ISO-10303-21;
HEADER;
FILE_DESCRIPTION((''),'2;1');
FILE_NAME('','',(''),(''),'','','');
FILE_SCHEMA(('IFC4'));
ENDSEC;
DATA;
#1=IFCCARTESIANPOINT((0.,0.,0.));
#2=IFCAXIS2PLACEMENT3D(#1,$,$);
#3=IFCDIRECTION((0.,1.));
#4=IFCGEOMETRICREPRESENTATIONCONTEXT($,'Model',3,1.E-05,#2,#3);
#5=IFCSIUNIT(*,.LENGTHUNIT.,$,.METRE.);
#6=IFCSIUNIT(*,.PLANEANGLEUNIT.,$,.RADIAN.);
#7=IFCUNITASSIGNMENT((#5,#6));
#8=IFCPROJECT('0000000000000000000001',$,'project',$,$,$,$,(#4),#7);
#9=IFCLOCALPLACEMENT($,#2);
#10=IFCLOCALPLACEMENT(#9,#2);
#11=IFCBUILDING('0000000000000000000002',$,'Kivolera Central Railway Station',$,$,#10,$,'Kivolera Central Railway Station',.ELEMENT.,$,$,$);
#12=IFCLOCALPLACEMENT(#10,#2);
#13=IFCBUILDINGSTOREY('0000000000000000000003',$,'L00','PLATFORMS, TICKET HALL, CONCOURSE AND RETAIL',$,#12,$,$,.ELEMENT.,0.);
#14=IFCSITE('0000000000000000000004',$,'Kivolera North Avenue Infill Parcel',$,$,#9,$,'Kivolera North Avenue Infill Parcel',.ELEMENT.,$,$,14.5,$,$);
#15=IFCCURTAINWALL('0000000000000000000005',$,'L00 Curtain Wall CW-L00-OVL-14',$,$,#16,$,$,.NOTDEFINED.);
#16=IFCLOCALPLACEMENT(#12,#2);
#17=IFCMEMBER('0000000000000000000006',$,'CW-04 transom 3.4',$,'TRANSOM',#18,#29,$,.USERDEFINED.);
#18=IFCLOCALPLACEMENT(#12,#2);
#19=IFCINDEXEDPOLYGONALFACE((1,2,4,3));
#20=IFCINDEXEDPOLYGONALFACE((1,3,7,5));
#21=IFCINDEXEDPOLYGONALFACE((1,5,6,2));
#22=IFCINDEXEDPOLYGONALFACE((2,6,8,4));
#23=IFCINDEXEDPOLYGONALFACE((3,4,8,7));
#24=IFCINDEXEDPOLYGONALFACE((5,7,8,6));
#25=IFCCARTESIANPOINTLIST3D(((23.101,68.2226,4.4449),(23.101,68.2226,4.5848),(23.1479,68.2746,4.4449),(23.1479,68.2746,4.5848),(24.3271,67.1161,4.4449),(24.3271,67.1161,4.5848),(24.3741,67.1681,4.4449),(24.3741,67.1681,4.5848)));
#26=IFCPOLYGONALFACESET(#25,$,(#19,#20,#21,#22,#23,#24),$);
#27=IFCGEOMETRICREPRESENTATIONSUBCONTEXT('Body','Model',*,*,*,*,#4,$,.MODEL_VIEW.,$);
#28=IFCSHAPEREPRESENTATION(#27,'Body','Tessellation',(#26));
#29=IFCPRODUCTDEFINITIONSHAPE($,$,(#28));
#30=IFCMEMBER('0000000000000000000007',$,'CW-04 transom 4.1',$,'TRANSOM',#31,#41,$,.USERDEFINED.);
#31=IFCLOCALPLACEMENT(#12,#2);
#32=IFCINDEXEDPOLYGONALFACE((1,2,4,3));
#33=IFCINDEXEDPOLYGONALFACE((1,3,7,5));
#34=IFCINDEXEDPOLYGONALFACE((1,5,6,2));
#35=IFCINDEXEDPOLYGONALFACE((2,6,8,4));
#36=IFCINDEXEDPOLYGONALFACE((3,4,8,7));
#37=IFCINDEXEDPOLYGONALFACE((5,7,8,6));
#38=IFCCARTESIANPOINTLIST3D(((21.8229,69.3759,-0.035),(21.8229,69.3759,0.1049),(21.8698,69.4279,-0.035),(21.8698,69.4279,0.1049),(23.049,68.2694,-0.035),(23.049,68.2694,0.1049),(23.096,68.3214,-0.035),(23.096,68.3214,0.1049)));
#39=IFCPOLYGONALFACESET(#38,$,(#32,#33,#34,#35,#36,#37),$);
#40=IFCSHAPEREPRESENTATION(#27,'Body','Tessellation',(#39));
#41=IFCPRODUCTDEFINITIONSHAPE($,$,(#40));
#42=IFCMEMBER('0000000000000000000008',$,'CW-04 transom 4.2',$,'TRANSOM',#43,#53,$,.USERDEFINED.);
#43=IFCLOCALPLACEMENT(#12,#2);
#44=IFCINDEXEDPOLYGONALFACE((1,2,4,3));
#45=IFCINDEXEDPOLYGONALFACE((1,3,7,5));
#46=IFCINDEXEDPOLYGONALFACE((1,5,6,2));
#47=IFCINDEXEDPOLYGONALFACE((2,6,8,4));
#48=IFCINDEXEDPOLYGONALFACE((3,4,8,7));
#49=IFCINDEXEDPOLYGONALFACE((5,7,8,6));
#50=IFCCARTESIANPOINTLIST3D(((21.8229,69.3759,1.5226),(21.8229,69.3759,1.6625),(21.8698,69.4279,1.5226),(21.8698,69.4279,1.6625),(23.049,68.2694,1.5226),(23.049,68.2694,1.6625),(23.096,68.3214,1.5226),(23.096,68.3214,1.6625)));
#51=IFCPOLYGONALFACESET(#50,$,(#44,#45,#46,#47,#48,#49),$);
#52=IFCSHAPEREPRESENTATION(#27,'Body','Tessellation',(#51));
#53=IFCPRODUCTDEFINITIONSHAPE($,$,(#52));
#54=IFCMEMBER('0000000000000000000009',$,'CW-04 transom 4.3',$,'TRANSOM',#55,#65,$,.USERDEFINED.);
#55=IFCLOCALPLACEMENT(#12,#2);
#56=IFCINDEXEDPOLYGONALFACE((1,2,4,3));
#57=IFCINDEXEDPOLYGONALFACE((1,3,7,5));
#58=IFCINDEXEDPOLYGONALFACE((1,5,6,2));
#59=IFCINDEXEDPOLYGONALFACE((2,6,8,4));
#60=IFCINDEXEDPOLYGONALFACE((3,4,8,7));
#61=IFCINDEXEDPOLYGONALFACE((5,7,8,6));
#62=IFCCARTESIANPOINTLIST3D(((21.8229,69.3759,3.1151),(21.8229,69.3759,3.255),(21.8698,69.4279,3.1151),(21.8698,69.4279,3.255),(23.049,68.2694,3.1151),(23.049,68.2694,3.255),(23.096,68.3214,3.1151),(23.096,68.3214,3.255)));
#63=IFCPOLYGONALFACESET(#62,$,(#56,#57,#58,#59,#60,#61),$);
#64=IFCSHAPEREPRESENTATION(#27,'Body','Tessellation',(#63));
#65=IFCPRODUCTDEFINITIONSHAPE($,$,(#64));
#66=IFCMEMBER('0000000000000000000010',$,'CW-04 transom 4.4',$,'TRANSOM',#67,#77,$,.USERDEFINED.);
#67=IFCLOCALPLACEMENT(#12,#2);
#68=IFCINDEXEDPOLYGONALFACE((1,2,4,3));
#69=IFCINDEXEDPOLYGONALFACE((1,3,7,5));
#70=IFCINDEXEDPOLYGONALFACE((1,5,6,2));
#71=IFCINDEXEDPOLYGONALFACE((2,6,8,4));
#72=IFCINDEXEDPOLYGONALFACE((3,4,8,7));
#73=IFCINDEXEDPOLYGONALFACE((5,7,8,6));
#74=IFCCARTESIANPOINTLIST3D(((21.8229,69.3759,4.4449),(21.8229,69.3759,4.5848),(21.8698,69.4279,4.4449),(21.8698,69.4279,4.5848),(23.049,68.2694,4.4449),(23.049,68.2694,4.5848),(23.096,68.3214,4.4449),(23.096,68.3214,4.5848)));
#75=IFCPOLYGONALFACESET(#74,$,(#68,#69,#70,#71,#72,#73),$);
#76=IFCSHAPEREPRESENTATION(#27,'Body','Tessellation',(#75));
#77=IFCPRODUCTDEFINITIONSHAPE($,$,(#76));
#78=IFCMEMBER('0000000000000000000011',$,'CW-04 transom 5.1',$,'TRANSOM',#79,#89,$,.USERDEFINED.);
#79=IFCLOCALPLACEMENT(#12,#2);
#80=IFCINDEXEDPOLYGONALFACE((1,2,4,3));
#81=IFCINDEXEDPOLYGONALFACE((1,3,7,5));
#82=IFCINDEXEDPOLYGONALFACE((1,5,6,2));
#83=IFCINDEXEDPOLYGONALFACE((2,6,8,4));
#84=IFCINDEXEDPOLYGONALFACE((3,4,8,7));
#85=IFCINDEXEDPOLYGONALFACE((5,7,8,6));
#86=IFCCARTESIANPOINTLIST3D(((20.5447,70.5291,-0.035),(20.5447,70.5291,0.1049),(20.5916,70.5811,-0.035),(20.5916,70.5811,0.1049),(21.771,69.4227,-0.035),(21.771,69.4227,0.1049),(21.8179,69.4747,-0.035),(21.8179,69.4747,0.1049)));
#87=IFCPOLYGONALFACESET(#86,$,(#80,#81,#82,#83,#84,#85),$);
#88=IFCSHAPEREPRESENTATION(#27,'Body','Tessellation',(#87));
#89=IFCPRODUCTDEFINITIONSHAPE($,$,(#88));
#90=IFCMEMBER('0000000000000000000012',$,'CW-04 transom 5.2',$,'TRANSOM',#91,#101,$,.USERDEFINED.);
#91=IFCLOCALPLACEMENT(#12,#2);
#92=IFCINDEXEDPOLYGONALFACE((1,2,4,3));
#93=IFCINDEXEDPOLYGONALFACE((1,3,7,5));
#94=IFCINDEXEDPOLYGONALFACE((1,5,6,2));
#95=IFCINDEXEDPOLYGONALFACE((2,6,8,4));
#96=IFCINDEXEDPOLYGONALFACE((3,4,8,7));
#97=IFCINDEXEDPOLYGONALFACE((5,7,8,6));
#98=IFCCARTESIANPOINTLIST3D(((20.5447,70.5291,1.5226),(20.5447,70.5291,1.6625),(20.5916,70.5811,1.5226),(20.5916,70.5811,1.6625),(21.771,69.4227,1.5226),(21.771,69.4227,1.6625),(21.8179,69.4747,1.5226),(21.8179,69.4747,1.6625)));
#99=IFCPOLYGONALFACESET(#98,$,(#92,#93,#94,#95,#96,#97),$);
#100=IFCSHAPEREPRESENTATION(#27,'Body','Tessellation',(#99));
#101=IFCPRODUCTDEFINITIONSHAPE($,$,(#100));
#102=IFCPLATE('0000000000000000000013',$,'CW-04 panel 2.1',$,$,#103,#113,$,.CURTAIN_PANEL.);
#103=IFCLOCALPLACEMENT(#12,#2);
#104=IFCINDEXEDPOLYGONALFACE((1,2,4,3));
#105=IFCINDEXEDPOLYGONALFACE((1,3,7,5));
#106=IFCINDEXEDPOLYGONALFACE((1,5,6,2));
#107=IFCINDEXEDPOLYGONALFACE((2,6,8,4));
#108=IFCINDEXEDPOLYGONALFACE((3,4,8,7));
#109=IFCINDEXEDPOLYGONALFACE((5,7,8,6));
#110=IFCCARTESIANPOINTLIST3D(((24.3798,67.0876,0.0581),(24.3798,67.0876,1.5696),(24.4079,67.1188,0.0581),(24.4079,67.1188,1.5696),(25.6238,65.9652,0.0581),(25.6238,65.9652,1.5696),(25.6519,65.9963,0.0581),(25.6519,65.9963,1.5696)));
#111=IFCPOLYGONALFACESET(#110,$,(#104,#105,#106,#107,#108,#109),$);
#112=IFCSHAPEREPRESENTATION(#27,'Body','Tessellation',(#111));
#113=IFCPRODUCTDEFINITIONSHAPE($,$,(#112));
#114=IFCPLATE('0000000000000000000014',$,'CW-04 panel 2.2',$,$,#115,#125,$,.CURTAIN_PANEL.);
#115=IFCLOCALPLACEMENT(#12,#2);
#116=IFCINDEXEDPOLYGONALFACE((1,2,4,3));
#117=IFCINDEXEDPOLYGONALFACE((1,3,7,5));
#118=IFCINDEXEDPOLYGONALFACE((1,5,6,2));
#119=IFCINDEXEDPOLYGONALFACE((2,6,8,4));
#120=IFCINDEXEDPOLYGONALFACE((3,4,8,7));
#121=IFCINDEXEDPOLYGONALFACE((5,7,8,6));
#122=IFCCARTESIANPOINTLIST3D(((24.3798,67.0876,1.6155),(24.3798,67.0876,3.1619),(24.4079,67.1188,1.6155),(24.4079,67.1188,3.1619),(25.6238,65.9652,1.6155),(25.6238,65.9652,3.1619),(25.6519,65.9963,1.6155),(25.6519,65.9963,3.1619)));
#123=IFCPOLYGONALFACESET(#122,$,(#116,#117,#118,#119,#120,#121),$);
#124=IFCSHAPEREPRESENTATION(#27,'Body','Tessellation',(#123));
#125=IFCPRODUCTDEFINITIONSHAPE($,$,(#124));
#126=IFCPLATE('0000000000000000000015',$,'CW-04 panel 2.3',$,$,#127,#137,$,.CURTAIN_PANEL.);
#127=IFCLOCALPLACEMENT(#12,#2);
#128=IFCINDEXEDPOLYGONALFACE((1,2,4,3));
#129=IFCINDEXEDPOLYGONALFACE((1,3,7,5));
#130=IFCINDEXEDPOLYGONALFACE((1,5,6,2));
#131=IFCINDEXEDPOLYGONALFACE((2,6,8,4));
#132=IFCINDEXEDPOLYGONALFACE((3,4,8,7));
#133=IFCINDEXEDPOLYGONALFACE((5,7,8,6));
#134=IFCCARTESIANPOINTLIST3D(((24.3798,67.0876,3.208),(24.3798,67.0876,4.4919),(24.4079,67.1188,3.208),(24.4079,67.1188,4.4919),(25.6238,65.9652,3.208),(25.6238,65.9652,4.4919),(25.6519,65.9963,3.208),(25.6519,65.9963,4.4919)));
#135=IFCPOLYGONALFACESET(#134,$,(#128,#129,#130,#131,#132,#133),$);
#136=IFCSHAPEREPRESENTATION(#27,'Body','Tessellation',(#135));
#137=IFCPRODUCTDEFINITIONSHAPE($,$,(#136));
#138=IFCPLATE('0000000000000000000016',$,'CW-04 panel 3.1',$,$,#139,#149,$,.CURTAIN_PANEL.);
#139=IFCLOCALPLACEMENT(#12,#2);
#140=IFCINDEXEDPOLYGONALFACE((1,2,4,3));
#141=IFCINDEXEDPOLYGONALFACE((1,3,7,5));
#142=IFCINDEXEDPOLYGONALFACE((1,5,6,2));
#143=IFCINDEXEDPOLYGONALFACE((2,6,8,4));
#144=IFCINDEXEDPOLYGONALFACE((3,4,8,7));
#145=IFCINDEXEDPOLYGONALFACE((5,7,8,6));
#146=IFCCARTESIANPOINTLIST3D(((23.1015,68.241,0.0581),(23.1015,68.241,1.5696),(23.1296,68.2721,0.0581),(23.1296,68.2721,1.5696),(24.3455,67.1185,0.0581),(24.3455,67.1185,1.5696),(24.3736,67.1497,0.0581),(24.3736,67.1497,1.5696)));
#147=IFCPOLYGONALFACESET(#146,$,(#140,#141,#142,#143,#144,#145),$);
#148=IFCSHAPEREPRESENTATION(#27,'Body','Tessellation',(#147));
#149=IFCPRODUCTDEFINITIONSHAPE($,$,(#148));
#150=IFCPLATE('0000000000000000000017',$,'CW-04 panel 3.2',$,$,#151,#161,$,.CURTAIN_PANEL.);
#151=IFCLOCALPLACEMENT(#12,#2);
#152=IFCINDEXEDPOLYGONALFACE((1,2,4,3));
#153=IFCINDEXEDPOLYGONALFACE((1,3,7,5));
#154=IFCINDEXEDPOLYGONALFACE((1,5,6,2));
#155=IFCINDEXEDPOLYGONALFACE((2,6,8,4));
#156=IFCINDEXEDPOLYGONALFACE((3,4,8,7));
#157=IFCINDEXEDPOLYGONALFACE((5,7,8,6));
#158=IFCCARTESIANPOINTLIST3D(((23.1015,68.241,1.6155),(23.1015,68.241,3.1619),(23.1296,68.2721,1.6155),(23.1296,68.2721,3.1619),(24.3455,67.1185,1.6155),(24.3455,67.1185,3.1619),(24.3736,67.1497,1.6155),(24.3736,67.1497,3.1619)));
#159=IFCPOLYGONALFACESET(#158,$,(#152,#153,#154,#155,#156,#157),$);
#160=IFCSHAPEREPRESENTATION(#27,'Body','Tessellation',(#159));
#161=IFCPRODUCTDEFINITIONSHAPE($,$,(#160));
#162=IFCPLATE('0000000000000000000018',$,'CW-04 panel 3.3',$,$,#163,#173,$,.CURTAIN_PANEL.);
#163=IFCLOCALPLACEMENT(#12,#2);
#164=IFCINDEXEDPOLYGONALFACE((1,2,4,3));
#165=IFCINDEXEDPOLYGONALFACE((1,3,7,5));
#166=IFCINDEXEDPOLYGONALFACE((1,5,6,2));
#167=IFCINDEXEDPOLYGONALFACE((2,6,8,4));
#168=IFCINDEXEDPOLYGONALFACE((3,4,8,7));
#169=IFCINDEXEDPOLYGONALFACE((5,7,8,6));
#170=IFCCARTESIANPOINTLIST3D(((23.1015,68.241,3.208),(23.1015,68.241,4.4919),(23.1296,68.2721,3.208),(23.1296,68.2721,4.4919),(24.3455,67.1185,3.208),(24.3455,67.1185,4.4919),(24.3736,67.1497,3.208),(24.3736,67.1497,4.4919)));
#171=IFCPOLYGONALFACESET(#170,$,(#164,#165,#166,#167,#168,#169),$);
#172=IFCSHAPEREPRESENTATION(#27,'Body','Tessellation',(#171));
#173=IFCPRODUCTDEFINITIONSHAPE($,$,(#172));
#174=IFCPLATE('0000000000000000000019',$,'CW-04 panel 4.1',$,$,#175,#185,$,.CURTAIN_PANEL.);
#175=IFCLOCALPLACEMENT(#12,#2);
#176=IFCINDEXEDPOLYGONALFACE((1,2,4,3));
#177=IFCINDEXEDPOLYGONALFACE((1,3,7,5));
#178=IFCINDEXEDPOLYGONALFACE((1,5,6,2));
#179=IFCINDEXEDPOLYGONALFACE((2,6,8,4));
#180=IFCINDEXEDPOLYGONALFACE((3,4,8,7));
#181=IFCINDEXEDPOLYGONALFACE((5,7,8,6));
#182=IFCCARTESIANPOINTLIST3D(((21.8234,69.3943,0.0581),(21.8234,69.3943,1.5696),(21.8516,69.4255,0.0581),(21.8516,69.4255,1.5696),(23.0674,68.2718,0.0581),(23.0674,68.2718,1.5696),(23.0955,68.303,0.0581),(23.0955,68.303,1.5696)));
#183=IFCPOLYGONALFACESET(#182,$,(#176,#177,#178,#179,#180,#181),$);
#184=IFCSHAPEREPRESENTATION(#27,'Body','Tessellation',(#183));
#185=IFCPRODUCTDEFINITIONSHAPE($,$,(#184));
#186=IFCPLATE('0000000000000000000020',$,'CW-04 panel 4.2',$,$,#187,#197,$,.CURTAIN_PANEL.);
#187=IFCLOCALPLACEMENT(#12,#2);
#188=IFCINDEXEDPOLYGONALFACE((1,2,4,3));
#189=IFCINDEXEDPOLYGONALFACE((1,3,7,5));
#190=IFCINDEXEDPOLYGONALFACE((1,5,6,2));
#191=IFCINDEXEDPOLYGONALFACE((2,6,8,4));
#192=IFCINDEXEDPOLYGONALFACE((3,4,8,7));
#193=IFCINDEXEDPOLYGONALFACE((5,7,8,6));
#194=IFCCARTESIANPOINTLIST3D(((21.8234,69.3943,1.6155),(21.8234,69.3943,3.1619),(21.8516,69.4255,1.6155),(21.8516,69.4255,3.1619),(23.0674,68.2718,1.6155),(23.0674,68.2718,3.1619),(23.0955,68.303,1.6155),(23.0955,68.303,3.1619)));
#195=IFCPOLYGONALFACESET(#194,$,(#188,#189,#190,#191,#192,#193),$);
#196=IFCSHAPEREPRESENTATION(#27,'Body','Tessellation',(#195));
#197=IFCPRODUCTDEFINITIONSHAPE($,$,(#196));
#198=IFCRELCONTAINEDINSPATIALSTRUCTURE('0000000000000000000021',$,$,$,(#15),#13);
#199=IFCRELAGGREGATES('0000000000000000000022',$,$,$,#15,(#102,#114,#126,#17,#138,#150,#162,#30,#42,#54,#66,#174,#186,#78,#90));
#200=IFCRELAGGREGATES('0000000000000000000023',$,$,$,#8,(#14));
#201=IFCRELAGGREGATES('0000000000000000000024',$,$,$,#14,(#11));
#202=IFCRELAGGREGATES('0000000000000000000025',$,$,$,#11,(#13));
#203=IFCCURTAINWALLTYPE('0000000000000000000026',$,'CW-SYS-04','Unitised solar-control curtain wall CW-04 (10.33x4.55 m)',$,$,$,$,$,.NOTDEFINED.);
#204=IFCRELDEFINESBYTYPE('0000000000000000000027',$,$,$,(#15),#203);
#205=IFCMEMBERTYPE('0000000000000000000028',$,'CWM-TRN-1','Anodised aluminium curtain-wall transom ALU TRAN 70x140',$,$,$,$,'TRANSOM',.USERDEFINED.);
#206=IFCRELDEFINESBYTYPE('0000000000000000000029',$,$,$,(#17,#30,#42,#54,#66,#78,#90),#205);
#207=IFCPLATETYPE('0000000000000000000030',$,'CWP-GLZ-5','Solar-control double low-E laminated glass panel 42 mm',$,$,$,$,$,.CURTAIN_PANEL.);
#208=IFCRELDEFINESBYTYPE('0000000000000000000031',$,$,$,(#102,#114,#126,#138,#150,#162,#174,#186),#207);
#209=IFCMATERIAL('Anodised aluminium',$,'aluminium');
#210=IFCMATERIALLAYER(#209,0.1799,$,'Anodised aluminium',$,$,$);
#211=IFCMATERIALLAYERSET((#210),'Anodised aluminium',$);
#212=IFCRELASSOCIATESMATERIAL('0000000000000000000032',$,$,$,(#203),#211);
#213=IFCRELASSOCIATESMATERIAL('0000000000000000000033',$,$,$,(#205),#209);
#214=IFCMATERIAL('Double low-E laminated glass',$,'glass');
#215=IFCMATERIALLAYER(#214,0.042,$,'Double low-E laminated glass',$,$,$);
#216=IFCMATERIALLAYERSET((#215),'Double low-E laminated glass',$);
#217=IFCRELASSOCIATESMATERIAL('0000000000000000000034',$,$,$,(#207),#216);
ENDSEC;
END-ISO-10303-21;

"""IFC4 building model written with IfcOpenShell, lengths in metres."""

from ifc_helpers import new_model, si_unit, direction, frame, origin, origin_2d, place, context, subcontext, project, spatial, rectangle, extrude, material, layer, layer_set, material_profile, profile_set, type_object, element, aggregate, save


model = new_model("IFC4")

# Units and contexts
model_context = context("Model", 3, precision=1e-05, world=origin(), true_north=direction((0.0, 1.0)))
body_context = subcontext(model_context, "Body", "Model", "MODEL_VIEW")
ifc_project = project(units=[si_unit("LENGTHUNIT", "METRE"), si_unit("PLANEANGLEUNIT", "RADIAN")], contexts=[model_context])

# Site, building, storey
site_placement = place(None, origin())
site = spatial("IfcSite", under=ifc_project, at=site_placement, Name="Kivolera North Avenue Infill Parcel", LongName="Kivolera North Avenue Infill Parcel", CompositionType="ELEMENT", RefElevation=14.5)
building_placement = place(site_placement, origin())
building = spatial("IfcBuilding", under=site, at=building_placement, Name="Kivolera Central Railway Station", LongName="Kivolera Central Railway Station", CompositionType="ELEMENT")
storey_placement = place(building_placement, origin())
storey = spatial("IfcBuildingStorey", under=building, at=storey_placement, Name="L00", Description="PLATFORMS, TICKET HALL, CONCOURSE AND RETAIL", CompositionType="ELEMENT", Elevation=0.0)

# Curtain wall, members, plates
ifc_material_1 = material(Name="Anodised aluminium", Category="aluminium")
ifc_layer_1 = layer(ifc_material_1, 0.1799, Name="Anodised aluminium")
ifc_layer_set_1 = layer_set([ifc_layer_1], Name="Anodised aluminium")
curtain_wall_type = type_object("IfcCurtainWallType", Name="CW-SYS-04", Description="Unitised solar-control curtain wall CW-04 (10.33x4.55 m)", PredefinedType="NOTDEFINED", material=ifc_layer_set_1)
curtain_wall_placement = place(storey_placement, origin())
curtain_wall = element("IfcCurtainWall", 1, at=curtain_wall_placement, inside=storey, type_object=curtain_wall_type, Name="L00 Curtain Wall CW-L00-OVL-14", PredefinedType="NOTDEFINED")
ifc_material_profile_1 = material_profile(ifc_material_1, rectangle(XDim=0.0701, YDim=0.1399, at=origin_2d()), Name="ALU TRAN 70x140")
ifc_profile_set_1 = profile_set([ifc_material_profile_1], Name="Anodised aluminium")
member_type_1 = type_object("IfcMemberType", Name="CWM-TRN-1", Description="Anodised aluminium curtain-wall transom ALU TRAN 70x140", ElementType="TRANSOM", PredefinedType="USERDEFINED", material=ifc_profile_set_1)
member_1_placement = place(storey_placement, frame((24.3506, 67.1421, 4.5149), z_axis=(-0.742397, 0.669961, 0.0), x_axis=(-0.669961, -0.742397, 0.0)))
member_1 = element("IfcMember", 2, at=member_1_placement, type_object=member_type_1, Name="CW-04 transom 3.4", ObjectType="TRANSOM", PredefinedType="USERDEFINED", context=body_context, shape_type="SweptSolid", body=[
    extrude(rectangle(XDim=0.0701, YDim=0.1399, at=origin_2d()), origin(), (0.0, 0.0, 1.0), 1.6516),
])
member_2_placement = place(storey_placement, frame((23.0725, 68.2954, 0.0349), z_axis=(-0.742397, 0.669961, 0.0), x_axis=(-0.669961, -0.742397, 0.0)))
member_2 = element("IfcMember", 3, at=member_2_placement, type_object=member_type_1, Name="CW-04 transom 4.1", ObjectType="TRANSOM", PredefinedType="USERDEFINED", context=body_context, shape_type="SweptSolid", body=[
    extrude(rectangle(XDim=0.0701, YDim=0.1399, at=origin_2d()), origin(), (0.0, 0.0, 1.0), 1.6516),
])
member_3_placement = place(storey_placement, frame((23.0725, 68.2954, 1.5925), z_axis=(-0.742397, 0.669961, 0.0), x_axis=(-0.669961, -0.742397, 0.0)))
member_3 = element("IfcMember", 4, at=member_3_placement, type_object=member_type_1, Name="CW-04 transom 4.2", ObjectType="TRANSOM", PredefinedType="USERDEFINED", context=body_context, shape_type="SweptSolid", body=[
    extrude(rectangle(XDim=0.0701, YDim=0.1399, at=origin_2d()), origin(), (0.0, 0.0, 1.0), 1.6516),
])
member_4_placement = place(storey_placement, frame((23.0725, 68.2954, 3.1851), z_axis=(-0.742397, 0.669961, 0.0), x_axis=(-0.669961, -0.742397, 0.0)))
member_4 = element("IfcMember", 5, at=member_4_placement, type_object=member_type_1, Name="CW-04 transom 4.3", ObjectType="TRANSOM", PredefinedType="USERDEFINED", context=body_context, shape_type="SweptSolid", body=[
    extrude(rectangle(XDim=0.0701, YDim=0.1399, at=origin_2d()), origin(), (0.0, 0.0, 1.0), 1.6516),
])
member_5_placement = place(storey_placement, frame((23.0725, 68.2954, 4.5149), z_axis=(-0.742397, 0.669961, 0.0), x_axis=(-0.669961, -0.742397, 0.0)))
member_5 = element("IfcMember", 6, at=member_5_placement, type_object=member_type_1, Name="CW-04 transom 4.4", ObjectType="TRANSOM", PredefinedType="USERDEFINED", context=body_context, shape_type="SweptSolid", body=[
    extrude(rectangle(XDim=0.0701, YDim=0.1399, at=origin_2d()), origin(), (0.0, 0.0, 1.0), 1.6516),
])
member_6_placement = place(storey_placement, frame((21.7944, 69.4487, 0.0349), z_axis=(-0.742463, 0.669887, 0.0), x_axis=(-0.669887, -0.742463, 0.0)))
member_6 = element("IfcMember", 7, at=member_6_placement, type_object=member_type_1, Name="CW-04 transom 5.1", ObjectType="TRANSOM", PredefinedType="USERDEFINED", context=body_context, shape_type="SweptSolid", body=[
    extrude(rectangle(XDim=0.0701, YDim=0.1399, at=origin_2d()), origin(), (0.0, 0.0, 1.0), 1.6516),
])
member_7_placement = place(storey_placement, frame((21.7944, 69.4487, 1.5925), z_axis=(-0.742463, 0.669887, 0.0), x_axis=(-0.669887, -0.742463, 0.0)))
member_7 = element("IfcMember", 8, at=member_7_placement, type_object=member_type_1, Name="CW-04 transom 5.2", ObjectType="TRANSOM", PredefinedType="USERDEFINED", context=body_context, shape_type="SweptSolid", body=[
    extrude(rectangle(XDim=0.0701, YDim=0.1399, at=origin_2d()), origin(), (0.0, 0.0, 1.0), 1.6516),
])
ifc_material_2 = material(Name="Double low-E laminated glass", Category="glass")
ifc_layer_2 = layer(ifc_material_2, 0.042, Name="Double low-E laminated glass")
ifc_layer_set_2 = layer_set([ifc_layer_2], Name="Double low-E laminated glass")
plate_type = type_object("IfcPlateType", Name="CWP-GLZ-5", Description="Solar-control double low-E laminated glass panel 42 mm", PredefinedType="CURTAIN_PANEL", material=ifc_layer_set_2)
plate_1_placement = place(storey_placement, frame((25.0159, 66.542, 0.0581), z_axis=(0.0, 0.0, 1.0), x_axis=(-0.742432, 0.669922, 0.0)))
plate_1 = element("IfcPlate", 9, at=plate_1_placement, type_object=plate_type, Name="CW-04 panel 2.1", PredefinedType="CURTAIN_PANEL", context=body_context, shape_type="SweptSolid", body=[
    extrude(rectangle(XDim=1.6755, YDim=0.042, at=origin_2d()), origin(), (0.0, 0.0, 1.0), 1.5115),
])
plate_2_placement = place(storey_placement, frame((25.0159, 66.542, 1.6155), z_axis=(0.0, 0.0, 1.0), x_axis=(-0.742432, 0.669922, 0.0)))
plate_2 = element("IfcPlate", 10, at=plate_2_placement, type_object=plate_type, Name="CW-04 panel 2.2", PredefinedType="CURTAIN_PANEL", context=body_context, shape_type="SweptSolid", body=[
    extrude(rectangle(XDim=1.6755, YDim=0.042, at=origin_2d()), origin(), (0.0, 0.0, 1.0), 1.5464),
])
plate_3_placement = place(storey_placement, frame((25.0159, 66.542, 3.208), z_axis=(0.0, 0.0, 1.0), x_axis=(-0.742432, 0.669922, 0.0)))
plate_3 = element("IfcPlate", 11, at=plate_3_placement, type_object=plate_type, Name="CW-04 panel 2.3", PredefinedType="CURTAIN_PANEL", context=body_context, shape_type="SweptSolid", body=[
    extrude(rectangle(XDim=1.6755, YDim=0.042, at=origin_2d()), origin(), (0.0, 0.0, 1.0), 1.2839),
])
plate_4_placement = place(storey_placement, frame((23.7375, 67.6953, 0.0581), z_axis=(0.0, 0.0, 1.0), x_axis=(-0.742432, 0.669922, 0.0)))
plate_4 = element("IfcPlate", 12, at=plate_4_placement, type_object=plate_type, Name="CW-04 panel 3.1", PredefinedType="CURTAIN_PANEL", context=body_context, shape_type="SweptSolid", body=[
    extrude(rectangle(XDim=1.6755, YDim=0.042, at=origin_2d()), origin(), (0.0, 0.0, 1.0), 1.5115),
])
plate_5_placement = place(storey_placement, frame((23.7375, 67.6953, 1.6155), z_axis=(0.0, 0.0, 1.0), x_axis=(-0.742432, 0.669922, 0.0)))
plate_5 = element("IfcPlate", 13, at=plate_5_placement, type_object=plate_type, Name="CW-04 panel 3.2", PredefinedType="CURTAIN_PANEL", context=body_context, shape_type="SweptSolid", body=[
    extrude(rectangle(XDim=1.6755, YDim=0.042, at=origin_2d()), origin(), (0.0, 0.0, 1.0), 1.5464),
])
plate_6_placement = place(storey_placement, frame((23.7375, 67.6953, 3.208), z_axis=(0.0, 0.0, 1.0), x_axis=(-0.742432, 0.669922, 0.0)))
plate_6 = element("IfcPlate", 14, at=plate_6_placement, type_object=plate_type, Name="CW-04 panel 3.3", PredefinedType="CURTAIN_PANEL", context=body_context, shape_type="SweptSolid", body=[
    extrude(rectangle(XDim=1.6755, YDim=0.042, at=origin_2d()), origin(), (0.0, 0.0, 1.0), 1.2839),
])
plate_7_placement = place(storey_placement, frame((22.4595, 68.8486, 0.0581), z_axis=(0.0, 0.0, 1.0), x_axis=(-0.742432, 0.669922, 0.0)))
plate_7 = element("IfcPlate", 15, at=plate_7_placement, type_object=plate_type, Name="CW-04 panel 4.1", PredefinedType="CURTAIN_PANEL", context=body_context, shape_type="SweptSolid", body=[
    extrude(rectangle(XDim=1.6755, YDim=0.042, at=origin_2d()), origin(), (0.0, 0.0, 1.0), 1.5115),
])
plate_8_placement = place(storey_placement, frame((22.4595, 68.8486, 1.6155), z_axis=(0.0, 0.0, 1.0), x_axis=(-0.742432, 0.669922, 0.0)))
plate_8 = element("IfcPlate", 16, at=plate_8_placement, type_object=plate_type, Name="CW-04 panel 4.2", PredefinedType="CURTAIN_PANEL", context=body_context, shape_type="SweptSolid", body=[
    extrude(rectangle(XDim=1.6755, YDim=0.042, at=origin_2d()), origin(), (0.0, 0.0, 1.0), 1.5464),
])
aggregate(curtain_wall, [plate_1, plate_2, plate_3, member_1, plate_4, plate_5, plate_6, member_2, member_3, member_4, member_5, plate_7, plate_8, member_6, member_7])

save(model, "model.ifc")
